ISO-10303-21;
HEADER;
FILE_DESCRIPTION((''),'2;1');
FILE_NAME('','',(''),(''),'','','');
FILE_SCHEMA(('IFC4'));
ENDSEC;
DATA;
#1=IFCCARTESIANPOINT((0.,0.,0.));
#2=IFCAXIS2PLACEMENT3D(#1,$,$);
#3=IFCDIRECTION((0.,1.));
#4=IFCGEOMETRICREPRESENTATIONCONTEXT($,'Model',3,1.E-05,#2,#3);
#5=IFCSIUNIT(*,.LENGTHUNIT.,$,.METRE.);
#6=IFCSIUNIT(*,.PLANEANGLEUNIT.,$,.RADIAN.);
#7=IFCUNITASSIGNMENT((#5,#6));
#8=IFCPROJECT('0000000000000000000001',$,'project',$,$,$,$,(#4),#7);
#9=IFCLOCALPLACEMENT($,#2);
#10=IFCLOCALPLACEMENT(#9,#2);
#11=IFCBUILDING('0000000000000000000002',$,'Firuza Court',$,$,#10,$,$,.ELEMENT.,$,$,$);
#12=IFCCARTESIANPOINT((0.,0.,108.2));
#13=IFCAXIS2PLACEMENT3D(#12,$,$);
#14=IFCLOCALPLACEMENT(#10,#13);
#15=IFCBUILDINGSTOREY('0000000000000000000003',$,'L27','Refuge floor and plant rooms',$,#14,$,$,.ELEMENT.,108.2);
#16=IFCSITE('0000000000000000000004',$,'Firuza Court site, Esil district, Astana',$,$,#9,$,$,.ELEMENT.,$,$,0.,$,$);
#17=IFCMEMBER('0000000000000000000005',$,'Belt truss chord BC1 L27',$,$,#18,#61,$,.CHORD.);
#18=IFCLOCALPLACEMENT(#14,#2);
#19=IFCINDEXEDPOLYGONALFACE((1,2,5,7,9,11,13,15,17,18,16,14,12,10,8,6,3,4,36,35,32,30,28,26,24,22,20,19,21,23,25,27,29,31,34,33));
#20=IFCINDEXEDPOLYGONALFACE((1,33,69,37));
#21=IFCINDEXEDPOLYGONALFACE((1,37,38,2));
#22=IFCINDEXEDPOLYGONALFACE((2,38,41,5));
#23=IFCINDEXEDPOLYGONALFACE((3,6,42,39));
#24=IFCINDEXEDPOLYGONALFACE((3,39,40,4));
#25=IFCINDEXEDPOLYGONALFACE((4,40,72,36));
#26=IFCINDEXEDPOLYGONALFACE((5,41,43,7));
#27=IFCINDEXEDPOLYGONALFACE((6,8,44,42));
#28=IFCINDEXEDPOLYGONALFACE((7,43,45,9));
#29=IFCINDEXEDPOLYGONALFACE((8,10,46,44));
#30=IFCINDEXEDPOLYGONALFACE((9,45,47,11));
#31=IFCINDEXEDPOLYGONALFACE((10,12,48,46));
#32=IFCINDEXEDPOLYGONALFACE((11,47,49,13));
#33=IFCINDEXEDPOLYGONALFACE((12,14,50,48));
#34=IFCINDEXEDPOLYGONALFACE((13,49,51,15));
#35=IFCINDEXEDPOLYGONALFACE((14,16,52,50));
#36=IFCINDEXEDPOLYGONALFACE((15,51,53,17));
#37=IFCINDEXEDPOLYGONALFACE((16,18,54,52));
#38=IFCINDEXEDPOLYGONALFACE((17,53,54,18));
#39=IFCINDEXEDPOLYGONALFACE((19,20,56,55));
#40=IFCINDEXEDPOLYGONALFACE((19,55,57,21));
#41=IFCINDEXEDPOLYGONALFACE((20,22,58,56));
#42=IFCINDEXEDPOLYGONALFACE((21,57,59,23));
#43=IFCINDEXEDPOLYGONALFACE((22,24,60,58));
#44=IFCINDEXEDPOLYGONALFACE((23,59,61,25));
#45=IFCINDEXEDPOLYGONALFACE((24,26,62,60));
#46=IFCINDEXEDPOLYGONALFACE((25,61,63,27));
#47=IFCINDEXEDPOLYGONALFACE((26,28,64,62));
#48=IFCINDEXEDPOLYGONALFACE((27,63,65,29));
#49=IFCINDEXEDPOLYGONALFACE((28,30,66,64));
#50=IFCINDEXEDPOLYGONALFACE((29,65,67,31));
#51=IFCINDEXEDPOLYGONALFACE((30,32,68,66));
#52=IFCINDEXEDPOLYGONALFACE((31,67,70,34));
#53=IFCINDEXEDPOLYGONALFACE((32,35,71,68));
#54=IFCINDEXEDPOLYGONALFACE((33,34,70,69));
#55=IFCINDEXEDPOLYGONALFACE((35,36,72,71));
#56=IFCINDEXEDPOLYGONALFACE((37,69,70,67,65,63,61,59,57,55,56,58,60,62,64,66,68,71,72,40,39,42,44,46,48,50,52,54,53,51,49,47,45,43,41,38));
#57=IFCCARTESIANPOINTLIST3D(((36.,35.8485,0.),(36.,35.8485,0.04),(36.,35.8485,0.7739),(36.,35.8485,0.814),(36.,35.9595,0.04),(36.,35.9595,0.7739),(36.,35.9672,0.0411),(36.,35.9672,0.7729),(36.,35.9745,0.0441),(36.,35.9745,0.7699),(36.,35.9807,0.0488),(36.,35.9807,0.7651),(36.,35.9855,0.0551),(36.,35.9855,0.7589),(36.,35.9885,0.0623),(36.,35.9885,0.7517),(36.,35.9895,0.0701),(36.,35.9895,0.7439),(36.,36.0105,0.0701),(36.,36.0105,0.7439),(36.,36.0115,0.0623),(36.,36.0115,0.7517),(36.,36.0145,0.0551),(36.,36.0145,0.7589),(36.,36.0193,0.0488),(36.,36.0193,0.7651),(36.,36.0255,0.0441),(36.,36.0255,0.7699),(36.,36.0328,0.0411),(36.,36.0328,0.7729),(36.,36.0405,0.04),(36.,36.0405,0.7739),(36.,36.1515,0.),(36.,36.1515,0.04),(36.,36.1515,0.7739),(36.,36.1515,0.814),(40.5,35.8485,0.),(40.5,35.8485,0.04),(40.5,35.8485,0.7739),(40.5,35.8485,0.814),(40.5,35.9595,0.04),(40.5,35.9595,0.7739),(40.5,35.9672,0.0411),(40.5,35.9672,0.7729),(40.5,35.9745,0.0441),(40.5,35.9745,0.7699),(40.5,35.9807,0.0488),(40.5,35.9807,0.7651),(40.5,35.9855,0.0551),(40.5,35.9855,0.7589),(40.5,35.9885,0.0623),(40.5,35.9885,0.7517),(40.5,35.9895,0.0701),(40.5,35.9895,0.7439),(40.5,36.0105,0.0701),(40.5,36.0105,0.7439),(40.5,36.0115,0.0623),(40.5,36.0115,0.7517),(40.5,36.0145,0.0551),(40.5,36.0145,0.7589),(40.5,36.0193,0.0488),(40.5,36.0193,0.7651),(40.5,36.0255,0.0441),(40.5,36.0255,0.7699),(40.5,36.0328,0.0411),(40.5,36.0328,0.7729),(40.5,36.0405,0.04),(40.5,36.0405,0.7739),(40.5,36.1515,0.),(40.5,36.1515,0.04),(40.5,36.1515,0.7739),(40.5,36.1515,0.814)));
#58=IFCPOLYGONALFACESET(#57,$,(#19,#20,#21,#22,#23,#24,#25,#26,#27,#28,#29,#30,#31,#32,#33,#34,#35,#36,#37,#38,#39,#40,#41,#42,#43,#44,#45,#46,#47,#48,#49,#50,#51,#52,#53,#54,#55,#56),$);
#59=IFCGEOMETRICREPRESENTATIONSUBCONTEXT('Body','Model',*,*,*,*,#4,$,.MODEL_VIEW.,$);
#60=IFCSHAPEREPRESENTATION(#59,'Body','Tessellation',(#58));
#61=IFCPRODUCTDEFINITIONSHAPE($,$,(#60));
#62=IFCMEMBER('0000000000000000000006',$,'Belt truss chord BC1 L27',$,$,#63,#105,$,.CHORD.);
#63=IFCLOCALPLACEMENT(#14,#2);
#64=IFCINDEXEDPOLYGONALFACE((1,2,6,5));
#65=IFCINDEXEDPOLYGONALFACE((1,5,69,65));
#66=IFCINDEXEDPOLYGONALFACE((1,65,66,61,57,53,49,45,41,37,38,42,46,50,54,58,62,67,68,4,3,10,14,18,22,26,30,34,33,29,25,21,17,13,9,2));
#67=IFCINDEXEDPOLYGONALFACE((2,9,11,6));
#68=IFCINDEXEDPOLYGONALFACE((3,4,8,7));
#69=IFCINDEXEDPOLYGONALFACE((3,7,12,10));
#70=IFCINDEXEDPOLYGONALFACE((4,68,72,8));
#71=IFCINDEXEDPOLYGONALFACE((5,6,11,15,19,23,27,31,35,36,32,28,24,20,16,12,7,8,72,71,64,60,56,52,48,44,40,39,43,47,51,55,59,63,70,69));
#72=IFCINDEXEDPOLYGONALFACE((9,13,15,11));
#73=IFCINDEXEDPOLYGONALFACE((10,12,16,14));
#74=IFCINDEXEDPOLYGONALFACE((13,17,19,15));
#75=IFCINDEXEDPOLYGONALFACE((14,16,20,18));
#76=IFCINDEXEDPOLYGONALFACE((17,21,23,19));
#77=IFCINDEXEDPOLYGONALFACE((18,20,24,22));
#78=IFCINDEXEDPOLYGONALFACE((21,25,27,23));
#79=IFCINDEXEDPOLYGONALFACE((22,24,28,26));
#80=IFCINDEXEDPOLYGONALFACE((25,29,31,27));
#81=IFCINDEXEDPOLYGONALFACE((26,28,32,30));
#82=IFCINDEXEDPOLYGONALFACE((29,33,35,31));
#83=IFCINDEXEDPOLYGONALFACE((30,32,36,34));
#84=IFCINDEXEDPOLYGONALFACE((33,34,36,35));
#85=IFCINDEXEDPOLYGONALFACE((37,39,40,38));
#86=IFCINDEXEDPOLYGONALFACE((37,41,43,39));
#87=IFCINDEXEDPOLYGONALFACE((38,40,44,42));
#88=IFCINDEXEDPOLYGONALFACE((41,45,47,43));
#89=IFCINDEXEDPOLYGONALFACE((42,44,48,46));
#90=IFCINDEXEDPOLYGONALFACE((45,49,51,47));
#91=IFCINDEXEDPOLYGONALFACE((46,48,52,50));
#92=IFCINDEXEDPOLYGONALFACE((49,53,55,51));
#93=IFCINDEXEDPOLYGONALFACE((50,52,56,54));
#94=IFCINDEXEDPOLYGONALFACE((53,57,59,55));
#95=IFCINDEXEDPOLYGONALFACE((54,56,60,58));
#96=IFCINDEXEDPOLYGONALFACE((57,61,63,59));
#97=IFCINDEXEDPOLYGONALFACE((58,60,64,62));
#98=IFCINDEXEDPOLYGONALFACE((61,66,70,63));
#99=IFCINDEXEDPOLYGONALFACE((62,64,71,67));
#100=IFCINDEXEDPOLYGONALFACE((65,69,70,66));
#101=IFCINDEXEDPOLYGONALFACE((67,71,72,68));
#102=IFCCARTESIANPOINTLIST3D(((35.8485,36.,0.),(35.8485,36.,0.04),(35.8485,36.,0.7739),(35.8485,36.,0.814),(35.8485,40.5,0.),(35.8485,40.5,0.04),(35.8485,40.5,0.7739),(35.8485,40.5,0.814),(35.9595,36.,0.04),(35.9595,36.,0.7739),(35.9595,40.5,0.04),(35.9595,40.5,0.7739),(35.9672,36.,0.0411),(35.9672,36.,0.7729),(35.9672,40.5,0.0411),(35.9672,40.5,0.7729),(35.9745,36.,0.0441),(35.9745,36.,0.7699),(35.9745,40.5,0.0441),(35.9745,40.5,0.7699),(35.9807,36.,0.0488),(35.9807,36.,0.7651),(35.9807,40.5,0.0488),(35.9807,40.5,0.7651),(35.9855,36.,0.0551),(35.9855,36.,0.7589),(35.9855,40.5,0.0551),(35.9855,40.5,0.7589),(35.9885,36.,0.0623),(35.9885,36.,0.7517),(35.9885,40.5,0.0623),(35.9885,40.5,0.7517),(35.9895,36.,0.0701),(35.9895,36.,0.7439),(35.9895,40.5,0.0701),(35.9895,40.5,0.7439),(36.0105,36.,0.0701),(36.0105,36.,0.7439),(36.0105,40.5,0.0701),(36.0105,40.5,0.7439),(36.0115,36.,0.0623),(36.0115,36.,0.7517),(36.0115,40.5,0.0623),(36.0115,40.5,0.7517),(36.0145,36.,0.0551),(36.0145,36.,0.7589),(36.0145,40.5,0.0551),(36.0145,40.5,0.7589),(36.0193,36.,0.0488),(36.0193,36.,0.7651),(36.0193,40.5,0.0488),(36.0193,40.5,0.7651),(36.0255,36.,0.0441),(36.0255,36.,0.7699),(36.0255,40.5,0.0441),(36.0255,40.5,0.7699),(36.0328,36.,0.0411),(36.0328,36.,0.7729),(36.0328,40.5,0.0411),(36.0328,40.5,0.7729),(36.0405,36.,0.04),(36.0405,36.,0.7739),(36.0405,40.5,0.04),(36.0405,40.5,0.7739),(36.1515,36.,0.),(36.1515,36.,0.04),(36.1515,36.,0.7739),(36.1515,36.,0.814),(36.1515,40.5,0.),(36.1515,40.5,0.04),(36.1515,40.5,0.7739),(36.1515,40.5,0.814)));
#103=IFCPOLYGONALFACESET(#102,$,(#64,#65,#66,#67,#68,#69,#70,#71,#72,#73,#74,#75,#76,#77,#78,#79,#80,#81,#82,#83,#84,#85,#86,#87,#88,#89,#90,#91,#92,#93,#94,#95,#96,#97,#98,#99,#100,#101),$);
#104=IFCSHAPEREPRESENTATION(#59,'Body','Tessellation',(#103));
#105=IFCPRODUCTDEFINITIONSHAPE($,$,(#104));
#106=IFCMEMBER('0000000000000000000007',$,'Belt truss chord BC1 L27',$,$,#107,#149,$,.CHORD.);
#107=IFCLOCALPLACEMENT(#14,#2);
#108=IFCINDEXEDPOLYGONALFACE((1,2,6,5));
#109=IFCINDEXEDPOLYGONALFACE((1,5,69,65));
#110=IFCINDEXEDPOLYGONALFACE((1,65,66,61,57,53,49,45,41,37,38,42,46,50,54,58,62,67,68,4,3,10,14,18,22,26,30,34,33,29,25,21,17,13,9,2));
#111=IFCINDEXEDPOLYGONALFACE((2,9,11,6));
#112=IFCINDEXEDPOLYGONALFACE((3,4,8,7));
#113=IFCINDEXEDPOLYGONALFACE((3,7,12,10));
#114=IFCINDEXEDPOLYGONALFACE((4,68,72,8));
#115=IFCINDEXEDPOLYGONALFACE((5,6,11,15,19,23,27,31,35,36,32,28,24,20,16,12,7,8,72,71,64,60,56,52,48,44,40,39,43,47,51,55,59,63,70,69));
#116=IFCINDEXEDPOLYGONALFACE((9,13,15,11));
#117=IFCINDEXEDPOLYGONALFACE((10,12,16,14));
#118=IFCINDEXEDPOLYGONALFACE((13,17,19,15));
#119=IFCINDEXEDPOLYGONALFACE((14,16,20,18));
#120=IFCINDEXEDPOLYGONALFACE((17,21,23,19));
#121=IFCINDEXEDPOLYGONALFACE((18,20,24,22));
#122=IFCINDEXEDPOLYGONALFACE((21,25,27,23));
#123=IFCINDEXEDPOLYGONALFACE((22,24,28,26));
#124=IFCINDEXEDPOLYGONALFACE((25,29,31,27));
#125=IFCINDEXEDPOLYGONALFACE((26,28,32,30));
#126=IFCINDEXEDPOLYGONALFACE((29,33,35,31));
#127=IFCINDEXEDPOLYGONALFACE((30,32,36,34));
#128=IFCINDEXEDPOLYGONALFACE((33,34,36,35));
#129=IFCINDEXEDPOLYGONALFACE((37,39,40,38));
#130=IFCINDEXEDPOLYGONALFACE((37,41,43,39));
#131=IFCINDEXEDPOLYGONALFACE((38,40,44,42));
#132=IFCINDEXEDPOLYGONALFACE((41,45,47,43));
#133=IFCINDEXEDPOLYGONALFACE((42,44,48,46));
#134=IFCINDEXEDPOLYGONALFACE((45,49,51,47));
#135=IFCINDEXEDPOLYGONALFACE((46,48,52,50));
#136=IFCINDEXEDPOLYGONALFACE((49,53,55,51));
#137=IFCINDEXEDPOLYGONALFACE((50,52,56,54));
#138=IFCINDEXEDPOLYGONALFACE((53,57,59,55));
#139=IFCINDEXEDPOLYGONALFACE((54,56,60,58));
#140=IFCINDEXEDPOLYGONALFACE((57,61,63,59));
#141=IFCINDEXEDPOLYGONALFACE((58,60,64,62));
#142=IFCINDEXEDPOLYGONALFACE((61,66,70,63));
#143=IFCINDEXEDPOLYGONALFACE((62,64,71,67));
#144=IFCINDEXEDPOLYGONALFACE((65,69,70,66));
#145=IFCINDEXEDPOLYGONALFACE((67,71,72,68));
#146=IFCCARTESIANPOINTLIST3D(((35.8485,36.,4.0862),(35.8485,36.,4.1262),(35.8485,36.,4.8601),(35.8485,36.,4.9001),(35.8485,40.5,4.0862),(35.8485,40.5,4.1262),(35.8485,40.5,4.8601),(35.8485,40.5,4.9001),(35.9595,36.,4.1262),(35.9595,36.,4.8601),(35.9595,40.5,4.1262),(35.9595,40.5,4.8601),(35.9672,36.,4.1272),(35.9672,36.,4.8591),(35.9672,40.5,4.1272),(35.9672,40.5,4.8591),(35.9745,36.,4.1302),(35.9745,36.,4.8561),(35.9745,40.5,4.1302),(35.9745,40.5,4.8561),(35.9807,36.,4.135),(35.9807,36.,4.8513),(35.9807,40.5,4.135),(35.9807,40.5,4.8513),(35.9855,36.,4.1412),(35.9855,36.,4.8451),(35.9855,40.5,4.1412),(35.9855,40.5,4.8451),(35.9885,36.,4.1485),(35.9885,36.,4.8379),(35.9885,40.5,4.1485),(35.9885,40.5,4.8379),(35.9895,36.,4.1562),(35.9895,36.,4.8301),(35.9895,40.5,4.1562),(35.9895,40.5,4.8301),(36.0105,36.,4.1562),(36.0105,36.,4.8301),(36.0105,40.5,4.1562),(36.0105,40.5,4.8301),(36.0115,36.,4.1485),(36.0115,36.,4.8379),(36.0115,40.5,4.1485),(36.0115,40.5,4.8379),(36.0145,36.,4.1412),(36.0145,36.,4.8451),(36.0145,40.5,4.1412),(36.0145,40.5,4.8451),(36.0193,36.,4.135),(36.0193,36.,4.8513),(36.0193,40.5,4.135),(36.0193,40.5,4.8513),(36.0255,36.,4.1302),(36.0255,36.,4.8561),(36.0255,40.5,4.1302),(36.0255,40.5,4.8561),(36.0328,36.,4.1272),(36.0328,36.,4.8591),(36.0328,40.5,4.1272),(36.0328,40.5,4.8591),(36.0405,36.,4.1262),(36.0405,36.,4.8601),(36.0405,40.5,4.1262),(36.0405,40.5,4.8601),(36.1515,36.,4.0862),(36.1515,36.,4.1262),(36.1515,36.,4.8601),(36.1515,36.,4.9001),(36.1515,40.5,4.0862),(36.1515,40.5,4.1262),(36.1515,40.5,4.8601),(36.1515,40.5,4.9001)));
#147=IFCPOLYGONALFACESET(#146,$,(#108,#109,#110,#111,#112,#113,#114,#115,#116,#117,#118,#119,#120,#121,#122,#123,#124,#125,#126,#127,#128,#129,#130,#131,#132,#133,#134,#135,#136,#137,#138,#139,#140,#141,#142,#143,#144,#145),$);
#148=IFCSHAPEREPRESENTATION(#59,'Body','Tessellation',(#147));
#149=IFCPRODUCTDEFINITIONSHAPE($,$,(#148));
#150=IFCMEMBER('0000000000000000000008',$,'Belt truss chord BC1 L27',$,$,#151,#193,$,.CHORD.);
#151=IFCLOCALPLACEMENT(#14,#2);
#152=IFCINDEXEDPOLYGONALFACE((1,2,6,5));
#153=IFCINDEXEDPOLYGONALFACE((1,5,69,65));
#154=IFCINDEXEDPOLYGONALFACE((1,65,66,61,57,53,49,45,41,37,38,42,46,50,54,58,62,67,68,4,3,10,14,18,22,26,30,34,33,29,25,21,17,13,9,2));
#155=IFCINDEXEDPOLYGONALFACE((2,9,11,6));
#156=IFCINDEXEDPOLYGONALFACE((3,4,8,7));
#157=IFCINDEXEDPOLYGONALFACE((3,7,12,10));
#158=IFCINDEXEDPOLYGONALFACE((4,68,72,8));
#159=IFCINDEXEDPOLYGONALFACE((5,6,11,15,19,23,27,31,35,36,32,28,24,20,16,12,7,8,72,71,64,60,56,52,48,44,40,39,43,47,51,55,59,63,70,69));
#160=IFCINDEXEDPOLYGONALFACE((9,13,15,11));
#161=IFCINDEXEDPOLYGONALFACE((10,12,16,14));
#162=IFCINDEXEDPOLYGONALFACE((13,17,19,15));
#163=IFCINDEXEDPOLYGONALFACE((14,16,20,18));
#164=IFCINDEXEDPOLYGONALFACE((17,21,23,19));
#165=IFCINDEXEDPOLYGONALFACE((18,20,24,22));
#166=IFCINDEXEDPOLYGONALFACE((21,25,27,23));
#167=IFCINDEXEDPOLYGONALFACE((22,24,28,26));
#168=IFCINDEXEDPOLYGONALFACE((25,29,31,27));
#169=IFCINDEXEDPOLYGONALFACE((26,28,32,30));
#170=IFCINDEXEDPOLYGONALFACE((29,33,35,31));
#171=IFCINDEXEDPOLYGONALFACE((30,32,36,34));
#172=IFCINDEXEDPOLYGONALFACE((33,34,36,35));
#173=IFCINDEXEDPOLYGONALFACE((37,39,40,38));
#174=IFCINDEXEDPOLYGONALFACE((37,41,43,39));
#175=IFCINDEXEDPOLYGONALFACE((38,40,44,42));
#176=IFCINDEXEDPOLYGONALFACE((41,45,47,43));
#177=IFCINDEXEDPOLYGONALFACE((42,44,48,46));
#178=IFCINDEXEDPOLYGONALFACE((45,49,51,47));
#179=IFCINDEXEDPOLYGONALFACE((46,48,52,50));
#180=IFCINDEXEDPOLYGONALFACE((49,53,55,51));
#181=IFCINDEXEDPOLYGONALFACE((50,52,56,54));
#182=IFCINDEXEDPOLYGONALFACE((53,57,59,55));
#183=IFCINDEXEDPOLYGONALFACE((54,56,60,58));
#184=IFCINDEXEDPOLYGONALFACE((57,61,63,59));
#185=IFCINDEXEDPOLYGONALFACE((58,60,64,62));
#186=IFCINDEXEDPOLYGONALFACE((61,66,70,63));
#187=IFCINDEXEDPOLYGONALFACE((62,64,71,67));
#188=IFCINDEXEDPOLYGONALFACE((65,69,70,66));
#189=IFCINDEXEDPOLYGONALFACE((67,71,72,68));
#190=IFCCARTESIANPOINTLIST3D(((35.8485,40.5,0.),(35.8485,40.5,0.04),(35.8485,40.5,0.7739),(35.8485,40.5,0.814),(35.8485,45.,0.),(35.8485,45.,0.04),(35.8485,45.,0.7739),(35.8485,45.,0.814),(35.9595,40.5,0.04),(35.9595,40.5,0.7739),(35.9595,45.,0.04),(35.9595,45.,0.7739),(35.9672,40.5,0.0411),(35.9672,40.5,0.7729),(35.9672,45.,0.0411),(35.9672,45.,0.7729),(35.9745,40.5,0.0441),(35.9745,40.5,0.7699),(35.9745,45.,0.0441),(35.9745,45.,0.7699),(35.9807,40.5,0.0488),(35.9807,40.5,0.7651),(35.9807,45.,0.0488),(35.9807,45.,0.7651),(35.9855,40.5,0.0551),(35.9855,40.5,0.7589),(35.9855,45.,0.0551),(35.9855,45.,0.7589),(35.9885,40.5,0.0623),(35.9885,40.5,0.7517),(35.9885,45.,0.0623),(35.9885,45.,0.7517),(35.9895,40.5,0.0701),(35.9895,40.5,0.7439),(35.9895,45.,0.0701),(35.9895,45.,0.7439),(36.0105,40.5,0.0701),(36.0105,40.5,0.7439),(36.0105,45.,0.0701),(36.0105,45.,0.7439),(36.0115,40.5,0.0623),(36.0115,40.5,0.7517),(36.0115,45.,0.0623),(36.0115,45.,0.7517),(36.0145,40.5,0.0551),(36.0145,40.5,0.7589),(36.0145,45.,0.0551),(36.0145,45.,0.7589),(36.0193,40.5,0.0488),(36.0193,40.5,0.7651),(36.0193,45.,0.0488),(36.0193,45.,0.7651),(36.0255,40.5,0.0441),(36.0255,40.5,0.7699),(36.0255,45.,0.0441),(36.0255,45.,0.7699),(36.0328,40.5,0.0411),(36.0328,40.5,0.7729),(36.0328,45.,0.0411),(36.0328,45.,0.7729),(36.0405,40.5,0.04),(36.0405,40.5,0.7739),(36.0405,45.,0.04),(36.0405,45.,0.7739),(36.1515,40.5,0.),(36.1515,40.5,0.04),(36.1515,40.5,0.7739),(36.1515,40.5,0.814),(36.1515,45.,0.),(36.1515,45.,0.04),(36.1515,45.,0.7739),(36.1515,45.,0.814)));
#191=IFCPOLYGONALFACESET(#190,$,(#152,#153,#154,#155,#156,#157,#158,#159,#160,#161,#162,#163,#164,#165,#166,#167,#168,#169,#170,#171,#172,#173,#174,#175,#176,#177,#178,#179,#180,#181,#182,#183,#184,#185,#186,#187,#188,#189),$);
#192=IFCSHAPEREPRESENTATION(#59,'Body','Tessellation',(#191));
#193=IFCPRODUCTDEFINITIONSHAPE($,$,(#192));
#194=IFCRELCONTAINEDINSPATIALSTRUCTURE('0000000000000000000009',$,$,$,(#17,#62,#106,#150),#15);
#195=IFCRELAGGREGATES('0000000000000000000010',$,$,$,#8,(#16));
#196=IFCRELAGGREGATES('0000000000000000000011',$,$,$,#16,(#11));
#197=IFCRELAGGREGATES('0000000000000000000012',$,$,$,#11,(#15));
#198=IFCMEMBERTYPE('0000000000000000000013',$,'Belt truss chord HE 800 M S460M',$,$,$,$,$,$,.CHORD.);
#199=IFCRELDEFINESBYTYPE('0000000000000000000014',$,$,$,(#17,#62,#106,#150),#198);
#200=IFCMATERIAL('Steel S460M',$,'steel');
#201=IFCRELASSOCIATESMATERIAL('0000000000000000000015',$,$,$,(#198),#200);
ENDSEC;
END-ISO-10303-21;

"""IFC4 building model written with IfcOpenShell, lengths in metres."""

from ifc_helpers import new_model, si_unit, direction, frame, origin, origin_2d, place, context, subcontext, project, spatial, i_section, extrude, material, material_profile, profile_set, type_object, element, save


model = new_model("IFC4")

# Units and contexts
model_context = context("Model", 3, precision=1e-05, world=origin(), true_north=direction((0.0, 1.0)))
body_context = subcontext(model_context, "Body", "Model", "MODEL_VIEW")
ifc_project = project(units=[si_unit("LENGTHUNIT", "METRE"), si_unit("PLANEANGLEUNIT", "RADIAN")], contexts=[model_context])

# Site, building, storey
site_placement = place(None, origin())
site = spatial("IfcSite", under=ifc_project, at=site_placement, Name="Firuza Court site, Esil district, Astana", CompositionType="ELEMENT", RefElevation=0.0)
building_placement = place(site_placement, origin())
building = spatial("IfcBuilding", under=site, at=building_placement, Name="Firuza Court", CompositionType="ELEMENT")
storey_placement = place(building_placement, frame((0.0, 0.0, 108.2)))
storey = spatial("IfcBuildingStorey", under=building, at=storey_placement, Name="L27", Description="Refuge floor and plant rooms", CompositionType="ELEMENT", Elevation=108.2)

# Members
ifc_material_1 = material(Name="Steel S460M", Category="steel")
ifc_material_profile_1 = material_profile(ifc_material_1, i_section(OverallWidth=0.303, OverallDepth=0.814, WebThickness=0.021, FlangeThickness=0.04, FilletRadius=0.03, at=origin_2d()), Name="HE 800 M")
ifc_profile_set_1 = profile_set([ifc_material_profile_1], Name="Steel S460M")
member_type_1 = type_object("IfcMemberType", Name="Belt truss chord HE 800 M S460M", PredefinedType="CHORD", material=ifc_profile_set_1)
for number, where, z_axis, x_axis, name in (
    (1, (36.0, 36.0, 0.407), (1.0, 0.0, 0.0), (0.0, 1.0, 0.0), "Belt truss chord BC1 L27"),
    (2, (36.0, 36.0, 0.407), (0.0, 1.0, 0.0), (-1.0, 0.0, 0.0), "Belt truss chord BC1 L27"),
    (3, (36.0, 36.0, 4.4932), (0.0, 1.0, 0.0), (-1.0, 0.0, 0.0), "Belt truss chord BC1 L27"),
    (4, (36.0, 40.5, 0.407), (0.0, 1.0, 0.0), (-1.0, 0.0, 0.0), "Belt truss chord BC1 L27"),
):
    element("IfcMember", number, at=place(storey_placement, frame(where, z_axis=z_axis, x_axis=x_axis)), inside=storey, type_object=member_type_1, Name=name, PredefinedType="CHORD", context=body_context, shape_type="SweptSolid", body=[
        extrude(i_section(OverallWidth=0.303, OverallDepth=0.814, WebThickness=0.021, FlangeThickness=0.04, FilletRadius=0.03, at=origin_2d()), origin(), (0.0, 0.0, 1.0), 4.5),
    ])

save(model, "model.ifc")
